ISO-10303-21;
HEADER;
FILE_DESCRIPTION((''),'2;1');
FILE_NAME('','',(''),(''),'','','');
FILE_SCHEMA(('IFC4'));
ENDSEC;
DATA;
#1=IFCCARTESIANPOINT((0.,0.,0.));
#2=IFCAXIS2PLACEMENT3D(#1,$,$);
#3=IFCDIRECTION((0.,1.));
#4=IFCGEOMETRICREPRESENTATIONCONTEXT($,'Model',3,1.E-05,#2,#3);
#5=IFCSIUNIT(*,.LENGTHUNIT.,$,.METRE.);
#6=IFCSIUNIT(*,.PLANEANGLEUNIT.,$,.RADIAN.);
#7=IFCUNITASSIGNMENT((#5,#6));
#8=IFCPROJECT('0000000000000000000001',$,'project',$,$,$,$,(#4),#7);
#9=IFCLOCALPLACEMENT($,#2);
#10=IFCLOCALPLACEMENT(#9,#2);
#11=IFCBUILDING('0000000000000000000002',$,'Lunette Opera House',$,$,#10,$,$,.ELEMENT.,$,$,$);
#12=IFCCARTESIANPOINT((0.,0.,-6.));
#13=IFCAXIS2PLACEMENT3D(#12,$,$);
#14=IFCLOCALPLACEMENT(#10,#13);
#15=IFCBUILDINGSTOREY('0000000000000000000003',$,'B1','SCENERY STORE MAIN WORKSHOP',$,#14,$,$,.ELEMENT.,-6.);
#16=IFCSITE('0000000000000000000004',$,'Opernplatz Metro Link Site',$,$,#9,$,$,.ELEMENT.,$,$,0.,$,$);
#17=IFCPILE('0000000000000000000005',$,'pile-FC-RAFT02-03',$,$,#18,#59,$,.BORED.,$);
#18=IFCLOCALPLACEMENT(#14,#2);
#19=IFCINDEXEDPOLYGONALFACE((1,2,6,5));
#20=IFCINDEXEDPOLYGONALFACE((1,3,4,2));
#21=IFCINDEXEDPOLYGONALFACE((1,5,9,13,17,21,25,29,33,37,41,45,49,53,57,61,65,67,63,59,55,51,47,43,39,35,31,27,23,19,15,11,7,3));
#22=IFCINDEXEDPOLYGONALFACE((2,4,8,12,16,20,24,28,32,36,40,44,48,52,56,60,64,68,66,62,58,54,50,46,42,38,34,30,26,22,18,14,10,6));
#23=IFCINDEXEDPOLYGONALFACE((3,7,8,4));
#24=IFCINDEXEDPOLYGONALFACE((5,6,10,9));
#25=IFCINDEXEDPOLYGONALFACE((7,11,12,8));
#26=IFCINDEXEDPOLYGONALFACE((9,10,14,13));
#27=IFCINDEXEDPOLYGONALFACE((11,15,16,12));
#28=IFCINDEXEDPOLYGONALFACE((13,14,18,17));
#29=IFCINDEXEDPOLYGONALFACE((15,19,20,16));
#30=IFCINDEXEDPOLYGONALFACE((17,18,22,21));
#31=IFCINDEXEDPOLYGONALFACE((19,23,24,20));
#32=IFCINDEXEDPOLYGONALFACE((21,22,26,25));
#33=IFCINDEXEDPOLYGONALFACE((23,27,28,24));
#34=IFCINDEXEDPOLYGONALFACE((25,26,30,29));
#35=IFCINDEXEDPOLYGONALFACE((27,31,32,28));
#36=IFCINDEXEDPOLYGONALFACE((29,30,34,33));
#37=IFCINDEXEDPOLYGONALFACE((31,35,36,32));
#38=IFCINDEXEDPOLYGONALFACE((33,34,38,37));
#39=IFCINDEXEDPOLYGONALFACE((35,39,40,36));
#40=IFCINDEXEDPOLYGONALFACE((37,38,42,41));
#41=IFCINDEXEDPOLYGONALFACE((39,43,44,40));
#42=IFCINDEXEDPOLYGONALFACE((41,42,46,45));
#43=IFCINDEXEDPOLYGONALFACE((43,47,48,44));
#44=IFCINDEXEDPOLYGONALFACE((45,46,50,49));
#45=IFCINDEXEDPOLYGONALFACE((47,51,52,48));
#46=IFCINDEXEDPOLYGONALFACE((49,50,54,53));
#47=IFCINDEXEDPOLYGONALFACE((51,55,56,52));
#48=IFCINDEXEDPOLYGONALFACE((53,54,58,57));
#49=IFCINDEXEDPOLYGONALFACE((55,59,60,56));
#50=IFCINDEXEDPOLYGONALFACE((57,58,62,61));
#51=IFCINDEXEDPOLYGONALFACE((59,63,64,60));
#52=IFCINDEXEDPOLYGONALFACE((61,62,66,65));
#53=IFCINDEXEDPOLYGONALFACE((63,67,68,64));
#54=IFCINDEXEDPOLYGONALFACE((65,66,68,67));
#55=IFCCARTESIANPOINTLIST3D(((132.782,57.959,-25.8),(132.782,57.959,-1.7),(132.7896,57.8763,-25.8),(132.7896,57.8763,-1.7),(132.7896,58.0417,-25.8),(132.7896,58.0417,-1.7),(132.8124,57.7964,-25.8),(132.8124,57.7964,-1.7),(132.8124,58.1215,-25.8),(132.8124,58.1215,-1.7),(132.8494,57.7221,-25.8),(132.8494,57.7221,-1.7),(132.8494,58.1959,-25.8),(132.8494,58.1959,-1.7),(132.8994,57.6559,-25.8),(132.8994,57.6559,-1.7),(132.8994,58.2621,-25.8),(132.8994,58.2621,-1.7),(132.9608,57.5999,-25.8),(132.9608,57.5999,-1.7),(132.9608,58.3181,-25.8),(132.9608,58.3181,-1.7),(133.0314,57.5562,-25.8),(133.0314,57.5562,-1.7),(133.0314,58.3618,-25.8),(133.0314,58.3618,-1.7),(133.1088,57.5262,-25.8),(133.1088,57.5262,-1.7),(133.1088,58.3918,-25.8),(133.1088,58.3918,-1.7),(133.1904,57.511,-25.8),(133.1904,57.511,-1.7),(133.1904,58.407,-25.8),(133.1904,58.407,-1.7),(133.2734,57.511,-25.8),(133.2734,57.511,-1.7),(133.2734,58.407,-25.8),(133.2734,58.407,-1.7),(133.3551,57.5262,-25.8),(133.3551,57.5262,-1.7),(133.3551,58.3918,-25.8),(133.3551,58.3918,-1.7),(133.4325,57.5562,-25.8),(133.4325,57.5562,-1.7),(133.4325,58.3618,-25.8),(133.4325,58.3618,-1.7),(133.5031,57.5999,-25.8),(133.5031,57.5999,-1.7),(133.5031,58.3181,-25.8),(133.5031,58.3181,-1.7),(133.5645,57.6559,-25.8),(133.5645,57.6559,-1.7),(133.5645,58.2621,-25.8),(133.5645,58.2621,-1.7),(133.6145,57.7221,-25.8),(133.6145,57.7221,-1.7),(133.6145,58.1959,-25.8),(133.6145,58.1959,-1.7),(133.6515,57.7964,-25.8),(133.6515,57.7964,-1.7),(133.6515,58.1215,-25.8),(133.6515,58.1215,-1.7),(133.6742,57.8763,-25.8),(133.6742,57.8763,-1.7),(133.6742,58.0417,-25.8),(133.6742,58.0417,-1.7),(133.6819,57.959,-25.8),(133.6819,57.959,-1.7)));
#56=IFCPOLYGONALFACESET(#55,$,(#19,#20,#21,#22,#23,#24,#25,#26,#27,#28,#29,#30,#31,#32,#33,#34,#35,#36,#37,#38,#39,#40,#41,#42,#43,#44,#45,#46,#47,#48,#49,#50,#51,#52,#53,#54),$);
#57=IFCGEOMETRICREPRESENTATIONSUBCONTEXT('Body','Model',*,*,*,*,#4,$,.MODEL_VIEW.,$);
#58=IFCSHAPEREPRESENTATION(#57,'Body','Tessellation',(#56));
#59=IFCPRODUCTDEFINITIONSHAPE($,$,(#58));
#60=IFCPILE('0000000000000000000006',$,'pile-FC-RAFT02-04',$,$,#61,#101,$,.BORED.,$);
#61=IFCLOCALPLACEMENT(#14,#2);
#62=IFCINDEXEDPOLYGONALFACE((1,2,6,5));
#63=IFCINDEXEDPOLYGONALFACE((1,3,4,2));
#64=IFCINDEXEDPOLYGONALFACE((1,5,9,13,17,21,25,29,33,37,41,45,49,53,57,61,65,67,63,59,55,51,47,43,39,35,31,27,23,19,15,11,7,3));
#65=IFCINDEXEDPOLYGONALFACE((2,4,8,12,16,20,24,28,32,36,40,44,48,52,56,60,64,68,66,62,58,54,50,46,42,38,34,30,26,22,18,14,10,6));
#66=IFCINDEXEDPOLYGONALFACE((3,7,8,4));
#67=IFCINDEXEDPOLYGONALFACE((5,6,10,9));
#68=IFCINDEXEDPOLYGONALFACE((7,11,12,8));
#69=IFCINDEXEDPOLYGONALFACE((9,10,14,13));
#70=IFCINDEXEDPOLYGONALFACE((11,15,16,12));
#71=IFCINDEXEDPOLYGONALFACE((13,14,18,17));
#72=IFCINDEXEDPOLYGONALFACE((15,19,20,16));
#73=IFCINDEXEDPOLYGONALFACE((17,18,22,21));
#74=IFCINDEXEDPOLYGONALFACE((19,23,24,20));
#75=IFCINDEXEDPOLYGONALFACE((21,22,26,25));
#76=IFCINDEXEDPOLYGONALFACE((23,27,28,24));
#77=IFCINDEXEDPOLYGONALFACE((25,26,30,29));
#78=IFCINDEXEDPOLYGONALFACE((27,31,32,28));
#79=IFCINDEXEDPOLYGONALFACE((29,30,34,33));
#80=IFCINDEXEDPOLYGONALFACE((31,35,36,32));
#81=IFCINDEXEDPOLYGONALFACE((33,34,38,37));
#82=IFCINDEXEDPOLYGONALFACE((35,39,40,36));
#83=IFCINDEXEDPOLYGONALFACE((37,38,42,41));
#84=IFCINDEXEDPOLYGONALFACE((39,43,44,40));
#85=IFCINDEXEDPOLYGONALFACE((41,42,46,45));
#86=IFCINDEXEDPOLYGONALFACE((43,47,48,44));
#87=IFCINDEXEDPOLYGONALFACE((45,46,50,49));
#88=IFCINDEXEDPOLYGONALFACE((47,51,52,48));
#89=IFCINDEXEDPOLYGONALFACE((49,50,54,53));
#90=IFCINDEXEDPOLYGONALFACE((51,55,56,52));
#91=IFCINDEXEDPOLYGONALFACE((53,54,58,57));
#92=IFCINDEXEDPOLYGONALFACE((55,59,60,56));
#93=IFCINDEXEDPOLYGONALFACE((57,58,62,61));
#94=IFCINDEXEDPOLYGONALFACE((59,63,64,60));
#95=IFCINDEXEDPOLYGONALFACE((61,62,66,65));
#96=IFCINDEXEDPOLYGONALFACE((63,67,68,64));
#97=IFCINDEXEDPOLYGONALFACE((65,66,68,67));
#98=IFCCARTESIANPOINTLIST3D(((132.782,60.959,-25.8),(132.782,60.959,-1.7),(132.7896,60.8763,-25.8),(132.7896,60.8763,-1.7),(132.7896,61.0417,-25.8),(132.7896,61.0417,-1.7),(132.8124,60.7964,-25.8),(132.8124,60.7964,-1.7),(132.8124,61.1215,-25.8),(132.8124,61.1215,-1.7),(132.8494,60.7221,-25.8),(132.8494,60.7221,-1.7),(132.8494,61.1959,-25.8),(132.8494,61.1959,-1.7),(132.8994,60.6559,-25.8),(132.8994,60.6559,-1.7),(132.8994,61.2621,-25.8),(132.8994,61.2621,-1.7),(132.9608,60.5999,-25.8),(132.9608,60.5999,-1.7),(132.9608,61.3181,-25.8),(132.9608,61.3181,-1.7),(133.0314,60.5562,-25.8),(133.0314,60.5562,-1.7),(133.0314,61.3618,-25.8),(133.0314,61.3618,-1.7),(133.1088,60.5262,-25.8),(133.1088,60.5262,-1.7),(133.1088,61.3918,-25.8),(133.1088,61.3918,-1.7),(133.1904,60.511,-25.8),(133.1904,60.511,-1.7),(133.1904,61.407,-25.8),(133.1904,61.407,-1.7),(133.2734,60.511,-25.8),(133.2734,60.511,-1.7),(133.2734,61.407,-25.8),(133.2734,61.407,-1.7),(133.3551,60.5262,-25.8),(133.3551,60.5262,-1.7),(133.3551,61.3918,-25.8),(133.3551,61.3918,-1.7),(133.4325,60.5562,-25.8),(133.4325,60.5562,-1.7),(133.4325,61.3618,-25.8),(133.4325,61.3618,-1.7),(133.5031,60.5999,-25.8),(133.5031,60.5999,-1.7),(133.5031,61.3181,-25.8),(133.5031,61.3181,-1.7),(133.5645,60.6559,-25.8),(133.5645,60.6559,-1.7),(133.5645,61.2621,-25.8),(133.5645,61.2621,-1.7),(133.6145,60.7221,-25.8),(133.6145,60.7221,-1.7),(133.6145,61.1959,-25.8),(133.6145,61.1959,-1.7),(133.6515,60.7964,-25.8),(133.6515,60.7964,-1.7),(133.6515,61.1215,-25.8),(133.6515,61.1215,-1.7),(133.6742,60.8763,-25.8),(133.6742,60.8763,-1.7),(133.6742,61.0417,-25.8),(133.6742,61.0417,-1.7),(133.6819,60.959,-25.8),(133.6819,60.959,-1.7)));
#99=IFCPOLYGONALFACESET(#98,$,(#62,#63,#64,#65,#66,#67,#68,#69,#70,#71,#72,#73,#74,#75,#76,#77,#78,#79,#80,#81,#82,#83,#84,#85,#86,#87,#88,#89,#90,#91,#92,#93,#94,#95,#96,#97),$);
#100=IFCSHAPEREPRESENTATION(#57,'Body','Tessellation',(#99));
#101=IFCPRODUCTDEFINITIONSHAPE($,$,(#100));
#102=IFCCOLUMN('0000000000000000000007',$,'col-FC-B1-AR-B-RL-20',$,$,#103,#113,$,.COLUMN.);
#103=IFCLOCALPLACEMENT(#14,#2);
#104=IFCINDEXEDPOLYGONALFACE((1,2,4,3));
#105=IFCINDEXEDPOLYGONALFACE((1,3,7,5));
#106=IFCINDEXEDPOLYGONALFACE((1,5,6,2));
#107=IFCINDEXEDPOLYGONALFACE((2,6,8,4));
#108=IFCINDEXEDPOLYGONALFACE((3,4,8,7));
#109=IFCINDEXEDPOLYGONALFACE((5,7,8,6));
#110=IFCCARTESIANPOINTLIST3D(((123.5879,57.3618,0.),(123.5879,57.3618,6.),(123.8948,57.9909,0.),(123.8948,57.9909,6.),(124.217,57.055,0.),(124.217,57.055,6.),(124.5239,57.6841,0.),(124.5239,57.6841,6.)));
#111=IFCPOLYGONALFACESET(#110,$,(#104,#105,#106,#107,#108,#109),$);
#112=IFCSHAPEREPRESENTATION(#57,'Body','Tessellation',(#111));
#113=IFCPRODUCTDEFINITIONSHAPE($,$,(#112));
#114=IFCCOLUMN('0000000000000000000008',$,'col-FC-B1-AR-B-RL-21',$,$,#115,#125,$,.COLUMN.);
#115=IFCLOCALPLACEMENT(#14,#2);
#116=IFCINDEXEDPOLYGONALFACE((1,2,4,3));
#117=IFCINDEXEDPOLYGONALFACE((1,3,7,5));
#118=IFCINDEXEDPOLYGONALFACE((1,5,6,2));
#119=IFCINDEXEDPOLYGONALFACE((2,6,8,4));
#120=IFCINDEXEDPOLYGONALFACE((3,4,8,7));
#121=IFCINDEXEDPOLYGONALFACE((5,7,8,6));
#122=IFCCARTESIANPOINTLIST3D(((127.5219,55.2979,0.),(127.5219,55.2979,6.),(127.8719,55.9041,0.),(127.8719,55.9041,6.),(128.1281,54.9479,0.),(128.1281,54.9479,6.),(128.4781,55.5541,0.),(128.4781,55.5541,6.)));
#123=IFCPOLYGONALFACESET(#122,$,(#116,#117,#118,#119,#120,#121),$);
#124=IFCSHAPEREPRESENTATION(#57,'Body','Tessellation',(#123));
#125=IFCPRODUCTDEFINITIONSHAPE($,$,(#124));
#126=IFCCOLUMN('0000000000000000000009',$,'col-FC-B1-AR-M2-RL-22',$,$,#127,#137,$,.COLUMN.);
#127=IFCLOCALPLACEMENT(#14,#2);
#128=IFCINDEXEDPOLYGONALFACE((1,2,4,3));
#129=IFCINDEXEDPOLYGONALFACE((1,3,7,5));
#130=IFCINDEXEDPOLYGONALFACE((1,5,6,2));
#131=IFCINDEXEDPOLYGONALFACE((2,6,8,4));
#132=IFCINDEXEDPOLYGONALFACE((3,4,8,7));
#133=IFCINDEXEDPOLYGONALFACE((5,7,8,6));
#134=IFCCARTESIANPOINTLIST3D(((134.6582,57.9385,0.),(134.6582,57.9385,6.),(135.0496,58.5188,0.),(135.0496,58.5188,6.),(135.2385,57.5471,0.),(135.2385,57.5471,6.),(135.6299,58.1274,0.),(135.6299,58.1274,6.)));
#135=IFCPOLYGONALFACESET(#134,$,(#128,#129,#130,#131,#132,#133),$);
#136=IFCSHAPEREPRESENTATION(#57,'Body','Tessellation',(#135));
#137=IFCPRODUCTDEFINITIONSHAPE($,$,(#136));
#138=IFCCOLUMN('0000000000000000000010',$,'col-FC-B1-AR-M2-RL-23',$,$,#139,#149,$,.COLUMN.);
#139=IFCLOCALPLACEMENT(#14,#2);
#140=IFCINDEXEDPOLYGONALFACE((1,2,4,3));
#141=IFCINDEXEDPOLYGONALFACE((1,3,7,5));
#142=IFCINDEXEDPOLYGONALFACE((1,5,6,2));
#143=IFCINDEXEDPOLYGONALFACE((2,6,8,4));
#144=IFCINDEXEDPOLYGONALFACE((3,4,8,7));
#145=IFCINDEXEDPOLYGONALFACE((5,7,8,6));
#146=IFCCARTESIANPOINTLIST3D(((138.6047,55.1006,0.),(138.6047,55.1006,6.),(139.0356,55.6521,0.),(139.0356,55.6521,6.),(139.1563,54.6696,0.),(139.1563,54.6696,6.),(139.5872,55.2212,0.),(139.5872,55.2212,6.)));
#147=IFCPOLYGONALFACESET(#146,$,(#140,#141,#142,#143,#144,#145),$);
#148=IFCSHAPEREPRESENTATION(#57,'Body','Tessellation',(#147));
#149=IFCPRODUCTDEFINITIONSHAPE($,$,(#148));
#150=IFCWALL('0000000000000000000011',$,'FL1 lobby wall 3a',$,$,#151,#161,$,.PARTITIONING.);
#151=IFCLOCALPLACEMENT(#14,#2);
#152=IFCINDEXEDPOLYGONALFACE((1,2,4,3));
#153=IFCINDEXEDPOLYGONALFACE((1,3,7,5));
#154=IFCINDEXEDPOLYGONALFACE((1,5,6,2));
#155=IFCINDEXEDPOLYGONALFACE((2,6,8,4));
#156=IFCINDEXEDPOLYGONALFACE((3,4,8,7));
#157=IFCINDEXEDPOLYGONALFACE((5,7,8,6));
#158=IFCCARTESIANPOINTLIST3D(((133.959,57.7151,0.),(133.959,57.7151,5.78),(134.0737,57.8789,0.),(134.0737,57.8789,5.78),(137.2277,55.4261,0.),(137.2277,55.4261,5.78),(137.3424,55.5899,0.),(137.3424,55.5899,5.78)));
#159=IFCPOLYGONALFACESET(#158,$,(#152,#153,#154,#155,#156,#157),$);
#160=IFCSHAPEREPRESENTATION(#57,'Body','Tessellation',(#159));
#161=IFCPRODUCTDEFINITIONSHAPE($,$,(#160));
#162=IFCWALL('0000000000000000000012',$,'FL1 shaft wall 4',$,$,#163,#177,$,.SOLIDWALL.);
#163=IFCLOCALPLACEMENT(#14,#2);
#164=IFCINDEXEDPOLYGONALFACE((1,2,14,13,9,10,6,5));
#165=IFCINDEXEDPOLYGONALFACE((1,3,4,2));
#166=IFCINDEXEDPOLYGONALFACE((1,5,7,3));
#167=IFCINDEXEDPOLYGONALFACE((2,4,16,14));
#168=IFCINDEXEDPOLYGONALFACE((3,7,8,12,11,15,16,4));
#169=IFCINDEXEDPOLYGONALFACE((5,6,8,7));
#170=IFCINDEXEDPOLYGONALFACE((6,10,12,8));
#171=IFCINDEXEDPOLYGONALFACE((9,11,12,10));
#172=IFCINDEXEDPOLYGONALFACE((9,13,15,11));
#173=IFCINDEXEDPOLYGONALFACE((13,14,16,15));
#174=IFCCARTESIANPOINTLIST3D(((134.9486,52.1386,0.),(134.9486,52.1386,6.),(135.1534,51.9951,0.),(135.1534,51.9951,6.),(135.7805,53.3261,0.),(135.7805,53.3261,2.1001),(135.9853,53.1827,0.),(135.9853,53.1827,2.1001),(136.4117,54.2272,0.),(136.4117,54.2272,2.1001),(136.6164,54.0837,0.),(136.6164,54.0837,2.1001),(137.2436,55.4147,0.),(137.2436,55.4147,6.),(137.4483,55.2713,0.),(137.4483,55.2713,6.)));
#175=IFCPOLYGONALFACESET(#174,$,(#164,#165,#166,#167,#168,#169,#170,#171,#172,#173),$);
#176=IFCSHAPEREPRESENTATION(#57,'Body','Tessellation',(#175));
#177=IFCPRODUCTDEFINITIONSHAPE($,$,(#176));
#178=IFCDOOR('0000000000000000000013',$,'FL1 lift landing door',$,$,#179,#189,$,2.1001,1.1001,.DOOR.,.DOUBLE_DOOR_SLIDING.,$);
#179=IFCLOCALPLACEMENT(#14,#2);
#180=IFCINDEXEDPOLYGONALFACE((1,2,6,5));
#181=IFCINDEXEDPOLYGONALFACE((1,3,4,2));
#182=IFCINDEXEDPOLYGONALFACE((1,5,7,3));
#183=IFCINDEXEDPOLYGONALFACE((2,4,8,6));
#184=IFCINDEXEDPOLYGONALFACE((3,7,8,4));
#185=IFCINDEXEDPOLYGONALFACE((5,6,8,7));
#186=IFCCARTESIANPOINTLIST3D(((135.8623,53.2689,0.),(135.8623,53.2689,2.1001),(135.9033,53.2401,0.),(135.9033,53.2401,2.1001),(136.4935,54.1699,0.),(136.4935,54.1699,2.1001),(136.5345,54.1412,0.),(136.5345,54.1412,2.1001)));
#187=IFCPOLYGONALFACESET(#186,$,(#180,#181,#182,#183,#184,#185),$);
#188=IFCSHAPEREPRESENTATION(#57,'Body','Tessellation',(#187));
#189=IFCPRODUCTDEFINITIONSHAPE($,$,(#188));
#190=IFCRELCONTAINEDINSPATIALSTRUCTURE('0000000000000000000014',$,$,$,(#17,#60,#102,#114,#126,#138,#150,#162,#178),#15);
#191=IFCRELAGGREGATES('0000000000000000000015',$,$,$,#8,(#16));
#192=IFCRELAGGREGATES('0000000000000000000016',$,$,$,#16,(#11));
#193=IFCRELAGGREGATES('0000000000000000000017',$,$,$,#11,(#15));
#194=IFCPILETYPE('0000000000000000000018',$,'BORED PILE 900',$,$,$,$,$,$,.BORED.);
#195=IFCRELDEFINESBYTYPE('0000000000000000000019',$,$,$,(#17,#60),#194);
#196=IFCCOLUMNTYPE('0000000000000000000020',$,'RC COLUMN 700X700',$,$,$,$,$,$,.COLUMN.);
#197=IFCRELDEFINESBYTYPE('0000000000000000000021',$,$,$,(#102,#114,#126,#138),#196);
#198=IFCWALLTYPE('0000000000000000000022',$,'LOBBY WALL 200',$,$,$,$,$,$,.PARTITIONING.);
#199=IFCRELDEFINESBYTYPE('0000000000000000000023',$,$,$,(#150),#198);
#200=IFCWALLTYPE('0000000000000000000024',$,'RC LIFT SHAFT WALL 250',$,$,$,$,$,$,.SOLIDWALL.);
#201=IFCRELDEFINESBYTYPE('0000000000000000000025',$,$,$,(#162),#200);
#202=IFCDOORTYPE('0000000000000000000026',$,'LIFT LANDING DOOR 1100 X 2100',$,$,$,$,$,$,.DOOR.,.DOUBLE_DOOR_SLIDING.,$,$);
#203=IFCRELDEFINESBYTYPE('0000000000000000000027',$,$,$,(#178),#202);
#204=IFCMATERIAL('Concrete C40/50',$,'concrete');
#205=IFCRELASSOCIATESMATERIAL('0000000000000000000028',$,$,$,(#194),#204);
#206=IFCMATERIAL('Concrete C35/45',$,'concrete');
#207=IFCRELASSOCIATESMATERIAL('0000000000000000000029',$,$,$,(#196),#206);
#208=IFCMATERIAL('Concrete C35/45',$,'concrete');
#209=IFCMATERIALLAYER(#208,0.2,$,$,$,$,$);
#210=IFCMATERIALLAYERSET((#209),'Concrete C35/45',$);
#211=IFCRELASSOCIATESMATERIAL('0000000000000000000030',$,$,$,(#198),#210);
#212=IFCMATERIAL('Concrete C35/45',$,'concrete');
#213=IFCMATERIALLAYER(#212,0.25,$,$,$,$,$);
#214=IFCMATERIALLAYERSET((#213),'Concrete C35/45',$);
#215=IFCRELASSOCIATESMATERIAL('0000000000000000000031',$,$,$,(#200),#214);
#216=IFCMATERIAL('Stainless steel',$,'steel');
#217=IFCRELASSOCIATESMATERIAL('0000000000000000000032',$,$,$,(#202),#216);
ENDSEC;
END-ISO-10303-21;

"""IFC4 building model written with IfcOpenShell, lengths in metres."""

from ifc_helpers import new_model, si_unit, direction, frame, frame_2d, origin, origin_2d, place, context, subcontext, project, spatial, rectangle, circle, extrude, material, layer, layer_set, material_profile, profile_set, type_object, element, fill, save


model = new_model("IFC4")

# Units and contexts
model_context = context("Model", 3, precision=1e-05, world=origin(), true_north=direction((0.0, 1.0)))
body_context = subcontext(model_context, "Body", "Model", "MODEL_VIEW")
ifc_project = project(units=[si_unit("LENGTHUNIT", "METRE"), si_unit("PLANEANGLEUNIT", "RADIAN")], contexts=[model_context])

# Site, building, storey
site_placement = place(None, origin())
site = spatial("IfcSite", under=ifc_project, at=site_placement, Name="Opernplatz Metro Link Site", CompositionType="ELEMENT", RefElevation=0.0)
building_placement = place(site_placement, origin())
building = spatial("IfcBuilding", under=site, at=building_placement, Name="Lunette Opera House", CompositionType="ELEMENT")
storey_placement = place(building_placement, frame((0.0, 0.0, -6.0)))
storey = spatial("IfcBuildingStorey", under=building, at=storey_placement, Name="B1", Description="SCENERY STORE MAIN WORKSHOP", CompositionType="ELEMENT", Elevation=-6.0)

# Piles
ifc_material_1 = material(Name="Concrete C40/50", Category="concrete")
ifc_material_profile_1 = material_profile(ifc_material_1, circle(Radius=0.45, at=origin_2d()), Name="BORED PILE 900")
ifc_profile_set_1 = profile_set([ifc_material_profile_1], Name="Concrete C40/50")
pile_type = type_object("IfcPileType", Name="BORED PILE 900", PredefinedType="BORED", material=ifc_profile_set_1)
for number, where, z_axis, x_axis, name in (
    (1, (133.2319, 57.959, -1.7), (0.0, 0.0, -1.0), (1.0, 0.0, 0.0), "pile-FC-RAFT02-03"),
    (2, (133.2319, 60.959, -1.7), (0.0, 0.0, -1.0), (1.0, 0.0, 0.0), "pile-FC-RAFT02-04"),
):
    element("IfcPile", number, at=place(storey_placement, frame(where, z_axis=z_axis, x_axis=x_axis)), inside=storey, type_object=pile_type, Name=name, PredefinedType="BORED", context=body_context, shape_type="SweptSolid", body=[
        extrude(circle(Radius=0.45, at=origin_2d()), origin(), (0.0, 0.0, 1.0), 24.1001),
    ])

# Columns
ifc_material_2 = material(Name="Concrete C35/45", Category="concrete")
ifc_material_profile_2 = material_profile(ifc_material_2, rectangle(XDim=0.7, YDim=0.7, at=origin_2d()), Name="RC COLUMN 700X700")
ifc_profile_set_2 = profile_set([ifc_material_profile_2], Name="Concrete C35/45")
column_type = type_object("IfcColumnType", Name="RC COLUMN 700X700", PredefinedType="COLUMN", material=ifc_profile_set_2)
for number, where, z_axis, x_axis, name in (
    (3, (124.0559, 57.5229, 0.0), (0.0, 0.0, 1.0), (0.898794, -0.438371, 0.0), "col-FC-B1-AR-B-RL-20"),
    (4, (128.0, 55.426, 0.0), (0.0, 0.0, 1.0), (0.866025, -0.5, 0.0), "col-FC-B1-AR-B-RL-21"),
    (5, (135.144, 58.033, 0.0), (0.0, 0.0, 1.0), (0.829038, -0.559193, 0.0), "col-FC-B1-AR-M2-RL-22"),
    (6, (139.0959, 55.1609, 0.0), (0.0, 0.0, 1.0), (0.788011, -0.615661, 0.0), "col-FC-B1-AR-M2-RL-23"),
):
    element("IfcColumn", number, at=place(storey_placement, frame(where, z_axis=z_axis, x_axis=x_axis)), inside=storey, type_object=column_type, Name=name, PredefinedType="COLUMN", context=body_context, shape_type="SweptSolid", body=[
        extrude(rectangle(XDim=0.7, YDim=0.7, at=origin_2d()), origin(), (0.0, 0.0, 1.0), 6.0),
    ])

# Wall
ifc_material_3 = material(Name="Concrete C35/45", Category="concrete")
ifc_layer_1 = layer(ifc_material_3, 0.2)
ifc_layer_set_1 = layer_set([ifc_layer_1], Name="Concrete C35/45")
wall_type_1 = type_object("IfcWallType", Name="LOBBY WALL 200", PredefinedType="PARTITIONING", material=ifc_layer_set_1)
wall_1_placement = place(storey_placement, frame((137.2849, 55.5081, 0.0), z_axis=(0.0, 0.0, 1.0), x_axis=(-0.819126, 0.573614, 0.0)))
element("IfcWall", 7, at=wall_1_placement, inside=storey, type_object=wall_type_1, Name="FL1 lobby wall 3a", PredefinedType="PARTITIONING", context=body_context, shape_type="SweptSolid", body=[
    extrude(rectangle(XDim=3.9905, YDim=0.2, at=frame_2d((1.9951, 0.0))), origin(), (0.0, 0.0, 1.0), 5.78),
])

# Wall, opening, door
ifc_material_4 = material(Name="Concrete C35/45", Category="concrete")
ifc_layer_2 = layer(ifc_material_4, 0.25)
ifc_layer_set_2 = layer_set([ifc_layer_2], Name="Concrete C35/45")
wall_type_2 = type_object("IfcWallType", Name="RC LIFT SHAFT WALL 250", PredefinedType="SOLIDWALL", material=ifc_layer_set_2)
wall_2_placement = place(storey_placement, frame((137.3459, 55.343, 0.0), z_axis=(0.0, 0.0, 1.0), x_axis=(-0.573737, -0.81904, 0.0)))
wall_2 = element("IfcWall", 8, at=wall_2_placement, inside=storey, type_object=wall_type_2, Name="FL1 shaft wall 4", PredefinedType="SOLIDWALL", context=body_context, shape_type="SweptSolid", body=[
    extrude(rectangle(XDim=4.0, YDim=0.25, at=frame_2d((2.0, 0.0))), origin(), (0.0, 0.0, 1.0), 6.0),
])
opening_1_placement = place(wall_2_placement, frame((1.45, 0.0, 0.0)))
opening_1 = element("IfcOpeningElement", 9, at=opening_1_placement, cuts=wall_2, PredefinedType="OPENING", context=body_context, shape_type="SweptSolid", body=[
    extrude(rectangle(XDim=1.1001, YDim=2.1001, at=frame_2d((0.55, 1.05))), frame((0.0, 0.137, 0.0), z_axis=(0.0, -1.0, 0.0), x_axis=(1.0, 0.0, 0.0)), (0.0, 0.0, 1.0), 0.2739),
])
ifc_material_5 = material(Name="Stainless steel", Category="steel")
door_type_1 = type_object("IfcDoorType", Name="LIFT LANDING DOOR 1100 X 2100", OperationType="DOUBLE_DOOR_SLIDING", PredefinedType="DOOR", material=ifc_material_5)
door_1_placement = place(opening_1_placement, origin())
door_1 = element("IfcDoor", 10, at=door_1_placement, inside=storey, type_object=door_type_1, Name="FL1 lift landing door", OperationType="DOUBLE_DOOR_SLIDING", OverallHeight=2.1001, OverallWidth=1.1001, PredefinedType="DOOR", context=body_context, shape_type="SweptSolid", body=[
    extrude(rectangle(XDim=1.1001, YDim=2.1001, at=frame_2d((0.55, 1.05))), frame((0.0, 0.0249, 0.0), z_axis=(0.0, -1.0, 0.0), x_axis=(1.0, 0.0, 0.0)), (0.0, 0.0, 1.0), 0.05),
])
fill(opening_1, door_1)

save(model, "model.ifc")
